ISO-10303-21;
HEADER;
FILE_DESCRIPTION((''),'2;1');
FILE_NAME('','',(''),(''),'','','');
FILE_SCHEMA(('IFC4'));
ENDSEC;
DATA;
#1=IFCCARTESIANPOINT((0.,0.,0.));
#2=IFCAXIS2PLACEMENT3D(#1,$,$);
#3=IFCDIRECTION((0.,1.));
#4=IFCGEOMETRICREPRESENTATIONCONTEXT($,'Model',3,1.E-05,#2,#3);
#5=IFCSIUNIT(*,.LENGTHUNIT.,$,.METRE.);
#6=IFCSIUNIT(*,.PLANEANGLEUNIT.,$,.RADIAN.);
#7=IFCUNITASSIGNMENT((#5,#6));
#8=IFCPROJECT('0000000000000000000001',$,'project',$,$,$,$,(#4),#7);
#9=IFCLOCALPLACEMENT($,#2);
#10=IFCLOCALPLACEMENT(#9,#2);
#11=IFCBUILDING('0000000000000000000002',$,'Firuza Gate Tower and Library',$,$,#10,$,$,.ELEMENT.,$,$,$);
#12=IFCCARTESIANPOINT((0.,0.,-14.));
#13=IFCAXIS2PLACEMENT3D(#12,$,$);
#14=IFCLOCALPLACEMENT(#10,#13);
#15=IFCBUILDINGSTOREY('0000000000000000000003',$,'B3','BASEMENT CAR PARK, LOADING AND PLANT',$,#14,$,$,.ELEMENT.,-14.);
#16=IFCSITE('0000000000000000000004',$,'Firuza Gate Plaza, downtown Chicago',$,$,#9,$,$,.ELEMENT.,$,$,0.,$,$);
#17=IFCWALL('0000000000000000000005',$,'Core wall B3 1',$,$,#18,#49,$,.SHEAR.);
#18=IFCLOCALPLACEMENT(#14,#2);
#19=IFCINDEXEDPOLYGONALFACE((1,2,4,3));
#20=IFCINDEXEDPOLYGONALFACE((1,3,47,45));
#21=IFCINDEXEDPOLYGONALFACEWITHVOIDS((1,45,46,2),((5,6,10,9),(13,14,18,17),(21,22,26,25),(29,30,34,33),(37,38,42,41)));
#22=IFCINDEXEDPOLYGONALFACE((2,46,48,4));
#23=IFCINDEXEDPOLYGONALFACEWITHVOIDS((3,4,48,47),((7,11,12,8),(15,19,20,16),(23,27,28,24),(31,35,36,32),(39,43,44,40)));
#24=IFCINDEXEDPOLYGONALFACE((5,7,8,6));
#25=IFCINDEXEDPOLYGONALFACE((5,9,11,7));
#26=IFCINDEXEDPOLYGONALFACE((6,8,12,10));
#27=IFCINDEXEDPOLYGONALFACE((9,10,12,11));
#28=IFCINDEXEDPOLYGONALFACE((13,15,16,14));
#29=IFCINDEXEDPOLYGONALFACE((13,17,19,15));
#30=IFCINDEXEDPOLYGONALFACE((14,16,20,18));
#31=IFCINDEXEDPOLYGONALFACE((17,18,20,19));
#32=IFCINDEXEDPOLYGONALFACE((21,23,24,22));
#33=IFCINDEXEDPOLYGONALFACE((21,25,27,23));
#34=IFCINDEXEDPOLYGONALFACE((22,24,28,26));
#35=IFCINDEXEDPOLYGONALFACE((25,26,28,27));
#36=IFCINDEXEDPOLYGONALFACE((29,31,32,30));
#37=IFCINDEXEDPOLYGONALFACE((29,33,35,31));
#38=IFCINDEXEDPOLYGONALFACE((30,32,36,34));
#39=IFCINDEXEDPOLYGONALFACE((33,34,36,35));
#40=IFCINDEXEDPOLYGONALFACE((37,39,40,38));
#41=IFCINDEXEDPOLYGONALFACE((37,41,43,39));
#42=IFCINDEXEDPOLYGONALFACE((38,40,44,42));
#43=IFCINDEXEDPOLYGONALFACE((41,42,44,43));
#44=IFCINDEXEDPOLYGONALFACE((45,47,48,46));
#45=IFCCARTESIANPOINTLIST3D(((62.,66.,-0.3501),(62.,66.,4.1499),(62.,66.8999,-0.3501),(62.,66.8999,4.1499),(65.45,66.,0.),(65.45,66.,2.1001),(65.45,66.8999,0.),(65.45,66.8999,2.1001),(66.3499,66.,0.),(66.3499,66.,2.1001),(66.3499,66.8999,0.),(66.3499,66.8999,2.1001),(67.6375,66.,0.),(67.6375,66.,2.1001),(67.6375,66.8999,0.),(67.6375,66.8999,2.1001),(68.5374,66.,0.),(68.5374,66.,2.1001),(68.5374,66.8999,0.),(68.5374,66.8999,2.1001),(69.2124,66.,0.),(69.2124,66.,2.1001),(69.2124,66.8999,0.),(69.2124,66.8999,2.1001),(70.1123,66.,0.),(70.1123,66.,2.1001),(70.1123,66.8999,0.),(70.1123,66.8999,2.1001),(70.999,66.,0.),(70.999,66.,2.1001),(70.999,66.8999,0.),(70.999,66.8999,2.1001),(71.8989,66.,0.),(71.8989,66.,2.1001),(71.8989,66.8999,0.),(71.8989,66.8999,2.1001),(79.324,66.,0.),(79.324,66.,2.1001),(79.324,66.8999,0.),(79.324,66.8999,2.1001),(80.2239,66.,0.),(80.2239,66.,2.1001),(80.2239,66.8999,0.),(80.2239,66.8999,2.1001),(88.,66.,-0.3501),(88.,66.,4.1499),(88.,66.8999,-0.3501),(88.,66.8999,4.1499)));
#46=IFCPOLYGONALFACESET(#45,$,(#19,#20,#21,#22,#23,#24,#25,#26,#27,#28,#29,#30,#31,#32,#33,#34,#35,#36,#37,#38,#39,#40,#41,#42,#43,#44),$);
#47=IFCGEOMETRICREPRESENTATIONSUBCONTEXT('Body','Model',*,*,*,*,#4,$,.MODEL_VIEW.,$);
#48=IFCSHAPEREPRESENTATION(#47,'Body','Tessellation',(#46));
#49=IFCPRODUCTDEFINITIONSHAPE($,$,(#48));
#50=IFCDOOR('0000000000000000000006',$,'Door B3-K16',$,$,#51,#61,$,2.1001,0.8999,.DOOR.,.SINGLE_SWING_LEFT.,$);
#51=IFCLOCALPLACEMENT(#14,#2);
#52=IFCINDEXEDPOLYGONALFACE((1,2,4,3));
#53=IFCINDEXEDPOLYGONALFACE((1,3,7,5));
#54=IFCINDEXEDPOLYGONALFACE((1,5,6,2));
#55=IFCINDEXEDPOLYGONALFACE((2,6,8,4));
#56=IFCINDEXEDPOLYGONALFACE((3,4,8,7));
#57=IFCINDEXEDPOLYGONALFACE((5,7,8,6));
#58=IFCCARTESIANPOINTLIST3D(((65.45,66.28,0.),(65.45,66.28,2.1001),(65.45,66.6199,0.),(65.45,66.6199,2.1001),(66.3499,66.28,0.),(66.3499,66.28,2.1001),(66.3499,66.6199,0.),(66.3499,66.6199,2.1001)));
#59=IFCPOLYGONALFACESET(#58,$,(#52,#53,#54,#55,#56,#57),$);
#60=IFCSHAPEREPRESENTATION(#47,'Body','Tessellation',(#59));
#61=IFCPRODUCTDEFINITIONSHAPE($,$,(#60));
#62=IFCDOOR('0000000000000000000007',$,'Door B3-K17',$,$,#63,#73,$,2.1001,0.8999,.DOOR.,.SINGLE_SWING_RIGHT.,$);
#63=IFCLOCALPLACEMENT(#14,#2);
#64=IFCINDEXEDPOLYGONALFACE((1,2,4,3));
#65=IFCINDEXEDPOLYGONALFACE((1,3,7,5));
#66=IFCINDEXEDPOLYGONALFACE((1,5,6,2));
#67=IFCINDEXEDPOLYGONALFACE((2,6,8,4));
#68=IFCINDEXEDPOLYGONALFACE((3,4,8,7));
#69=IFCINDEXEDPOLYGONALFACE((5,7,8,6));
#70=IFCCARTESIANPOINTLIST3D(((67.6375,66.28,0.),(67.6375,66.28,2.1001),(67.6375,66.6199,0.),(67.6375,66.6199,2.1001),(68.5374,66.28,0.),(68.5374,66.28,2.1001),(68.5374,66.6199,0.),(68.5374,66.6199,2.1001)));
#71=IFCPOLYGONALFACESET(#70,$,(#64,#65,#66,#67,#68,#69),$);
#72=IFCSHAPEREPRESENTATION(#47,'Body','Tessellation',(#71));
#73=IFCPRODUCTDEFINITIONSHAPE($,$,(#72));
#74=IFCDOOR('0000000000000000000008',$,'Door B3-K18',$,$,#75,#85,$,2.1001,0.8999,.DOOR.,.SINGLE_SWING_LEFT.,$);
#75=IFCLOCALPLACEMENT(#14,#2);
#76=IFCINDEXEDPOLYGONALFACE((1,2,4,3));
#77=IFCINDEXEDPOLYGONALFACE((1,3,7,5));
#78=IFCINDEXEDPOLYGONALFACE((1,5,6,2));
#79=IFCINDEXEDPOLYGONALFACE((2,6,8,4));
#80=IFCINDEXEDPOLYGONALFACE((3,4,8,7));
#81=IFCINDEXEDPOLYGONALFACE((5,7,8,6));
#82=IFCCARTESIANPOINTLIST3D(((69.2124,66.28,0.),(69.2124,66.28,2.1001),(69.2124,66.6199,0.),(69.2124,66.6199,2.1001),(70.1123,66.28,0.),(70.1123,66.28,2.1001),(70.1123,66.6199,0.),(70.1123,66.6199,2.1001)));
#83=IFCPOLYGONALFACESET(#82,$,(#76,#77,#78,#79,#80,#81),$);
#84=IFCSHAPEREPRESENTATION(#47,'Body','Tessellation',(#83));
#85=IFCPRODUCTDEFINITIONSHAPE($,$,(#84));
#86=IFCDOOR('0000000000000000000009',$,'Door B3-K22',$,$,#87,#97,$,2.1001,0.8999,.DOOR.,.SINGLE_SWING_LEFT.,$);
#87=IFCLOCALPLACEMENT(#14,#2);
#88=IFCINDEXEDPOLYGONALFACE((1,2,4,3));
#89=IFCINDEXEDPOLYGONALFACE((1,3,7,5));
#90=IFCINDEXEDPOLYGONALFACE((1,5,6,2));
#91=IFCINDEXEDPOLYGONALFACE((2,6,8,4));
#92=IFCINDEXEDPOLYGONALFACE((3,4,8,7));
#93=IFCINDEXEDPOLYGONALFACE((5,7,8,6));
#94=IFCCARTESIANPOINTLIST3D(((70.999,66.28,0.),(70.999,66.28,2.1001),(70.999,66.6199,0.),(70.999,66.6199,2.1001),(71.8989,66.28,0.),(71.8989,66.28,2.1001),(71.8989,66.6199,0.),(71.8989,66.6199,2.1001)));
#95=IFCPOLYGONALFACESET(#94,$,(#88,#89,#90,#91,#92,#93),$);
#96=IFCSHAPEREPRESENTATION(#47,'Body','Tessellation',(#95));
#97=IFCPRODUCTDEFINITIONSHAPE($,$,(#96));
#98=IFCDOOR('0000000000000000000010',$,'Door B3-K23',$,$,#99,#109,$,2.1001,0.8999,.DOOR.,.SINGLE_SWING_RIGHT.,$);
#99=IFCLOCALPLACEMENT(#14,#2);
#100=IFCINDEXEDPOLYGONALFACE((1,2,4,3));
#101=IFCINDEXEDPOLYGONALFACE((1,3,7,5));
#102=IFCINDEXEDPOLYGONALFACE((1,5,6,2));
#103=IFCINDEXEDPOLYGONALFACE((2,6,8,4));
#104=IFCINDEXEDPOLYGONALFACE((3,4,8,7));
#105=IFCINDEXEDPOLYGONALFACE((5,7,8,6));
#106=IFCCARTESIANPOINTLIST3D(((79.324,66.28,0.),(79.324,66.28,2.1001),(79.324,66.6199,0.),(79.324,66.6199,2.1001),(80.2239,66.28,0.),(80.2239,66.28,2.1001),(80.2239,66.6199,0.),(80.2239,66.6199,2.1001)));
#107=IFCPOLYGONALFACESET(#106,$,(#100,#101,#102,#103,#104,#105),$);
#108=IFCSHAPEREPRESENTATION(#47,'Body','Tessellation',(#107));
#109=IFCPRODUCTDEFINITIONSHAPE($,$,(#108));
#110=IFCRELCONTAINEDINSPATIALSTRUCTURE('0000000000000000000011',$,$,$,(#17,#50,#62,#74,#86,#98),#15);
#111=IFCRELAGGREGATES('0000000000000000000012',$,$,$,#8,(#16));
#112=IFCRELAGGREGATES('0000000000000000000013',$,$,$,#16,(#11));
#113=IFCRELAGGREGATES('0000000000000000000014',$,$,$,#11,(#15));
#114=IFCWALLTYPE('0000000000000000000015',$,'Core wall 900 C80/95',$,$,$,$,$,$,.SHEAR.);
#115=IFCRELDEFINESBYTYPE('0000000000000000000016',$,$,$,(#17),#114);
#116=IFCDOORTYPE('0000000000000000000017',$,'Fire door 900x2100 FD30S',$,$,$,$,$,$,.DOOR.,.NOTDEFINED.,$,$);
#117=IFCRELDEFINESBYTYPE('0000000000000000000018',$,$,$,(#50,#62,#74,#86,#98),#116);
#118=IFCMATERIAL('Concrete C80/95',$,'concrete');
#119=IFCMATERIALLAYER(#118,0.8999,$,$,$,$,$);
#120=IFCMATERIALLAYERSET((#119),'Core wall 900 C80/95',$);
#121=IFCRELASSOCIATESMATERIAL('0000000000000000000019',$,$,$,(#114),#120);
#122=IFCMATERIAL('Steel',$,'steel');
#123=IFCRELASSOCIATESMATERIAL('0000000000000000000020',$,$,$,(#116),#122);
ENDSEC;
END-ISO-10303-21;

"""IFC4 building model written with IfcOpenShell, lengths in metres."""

from ifc_helpers import new_model, si_unit, direction, frame, frame_2d, origin, place, context, subcontext, project, spatial, rectangle, extrude, material, layer, layer_set, type_object, element, fill, save


model = new_model("IFC4")

# Units and contexts
model_context = context("Model", 3, precision=1e-05, world=origin(), true_north=direction((0.0, 1.0)))
body_context = subcontext(model_context, "Body", "Model", "MODEL_VIEW")
ifc_project = project(units=[si_unit("LENGTHUNIT", "METRE"), si_unit("PLANEANGLEUNIT", "RADIAN")], contexts=[model_context])

# Site, building, storey
site_placement = place(None, origin())
site = spatial("IfcSite", under=ifc_project, at=site_placement, Name="Firuza Gate Plaza, downtown Chicago", CompositionType="ELEMENT", RefElevation=0.0)
building_placement = place(site_placement, origin())
building = spatial("IfcBuilding", under=site, at=building_placement, Name="Firuza Gate Tower and Library", CompositionType="ELEMENT")
storey_placement = place(building_placement, frame((0.0, 0.0, -14.0)))
storey = spatial("IfcBuildingStorey", under=building, at=storey_placement, Name="B3", Description="BASEMENT CAR PARK, LOADING AND PLANT", CompositionType="ELEMENT", Elevation=-14.0)

# Wall, openings, doors
ifc_material_1 = material(Name="Concrete C80/95", Category="concrete")
ifc_layer = layer(ifc_material_1, 0.8999)
ifc_layer_set = layer_set([ifc_layer], Name="Core wall 900 C80/95")
wall_type = type_object("IfcWallType", Name="Core wall 900 C80/95", PredefinedType="SHEAR", material=ifc_layer_set)
wall_placement = place(storey_placement, frame((62.0, 66.45, -0.3501), z_axis=(0.0, 0.0, 1.0), x_axis=(1.0, 0.0, 0.0)))
wall = element("IfcWall", 1, at=wall_placement, inside=storey, type_object=wall_type, Name="Core wall B3 1", PredefinedType="SHEAR", context=body_context, shape_type="SweptSolid", body=[
    extrude(rectangle(XDim=26.0, YDim=0.8999, at=frame_2d((13.0, 0.0))), origin(), (0.0, 0.0, 1.0), 4.5),
])
opening_1_placement = place(wall_placement, frame((3.45, 0.0, 0.3501)))
opening_1 = element("IfcOpeningElement", 2, at=opening_1_placement, cuts=wall, PredefinedType="OPENING", context=body_context, shape_type="SweptSolid", body=[
    extrude(rectangle(XDim=0.8999, YDim=2.1001, at=frame_2d((0.45, 1.05))), frame((0.0, 0.46, 0.0), z_axis=(0.0, -1.0, 0.0), x_axis=(1.0, 0.0, 0.0)), (0.0, 0.0, 1.0), 0.9199),
])
opening_2_placement = place(wall_placement, frame((5.6375, 0.0, 0.3501)))
opening_2 = element("IfcOpeningElement", 3, at=opening_2_placement, cuts=wall, PredefinedType="OPENING", context=body_context, shape_type="SweptSolid", body=[
    extrude(rectangle(XDim=0.8999, YDim=2.1001, at=frame_2d((0.45, 1.05))), frame((0.0, 0.46, 0.0), z_axis=(0.0, -1.0, 0.0), x_axis=(1.0, 0.0, 0.0)), (0.0, 0.0, 1.0), 0.9199),
])
opening_3_placement = place(wall_placement, frame((7.2124, 0.0, 0.3501)))
opening_3 = element("IfcOpeningElement", 4, at=opening_3_placement, cuts=wall, PredefinedType="OPENING", context=body_context, shape_type="SweptSolid", body=[
    extrude(rectangle(XDim=0.8999, YDim=2.1001, at=frame_2d((0.45, 1.05))), frame((0.0, 0.46, 0.0), z_axis=(0.0, -1.0, 0.0), x_axis=(1.0, 0.0, 0.0)), (0.0, 0.0, 1.0), 0.9199),
])
opening_4_placement = place(wall_placement, frame((8.999, 0.0, 0.3501)))
opening_4 = element("IfcOpeningElement", 5, at=opening_4_placement, cuts=wall, PredefinedType="OPENING", context=body_context, shape_type="SweptSolid", body=[
    extrude(rectangle(XDim=0.8999, YDim=2.1001, at=frame_2d((0.45, 1.05))), frame((0.0, 0.46, 0.0), z_axis=(0.0, -1.0, 0.0), x_axis=(1.0, 0.0, 0.0)), (0.0, 0.0, 1.0), 0.9199),
])
opening_5_placement = place(wall_placement, frame((17.324, 0.0, 0.3501)))
opening_5 = element("IfcOpeningElement", 6, at=opening_5_placement, cuts=wall, PredefinedType="OPENING", context=body_context, shape_type="SweptSolid", body=[
    extrude(rectangle(XDim=0.8999, YDim=2.1001, at=frame_2d((0.45, 1.05))), frame((0.0, 0.46, 0.0), z_axis=(0.0, -1.0, 0.0), x_axis=(1.0, 0.0, 0.0)), (0.0, 0.0, 1.0), 0.9199),
])
ifc_material_2 = material(Name="Steel", Category="steel")
door_type = type_object("IfcDoorType", Name="Fire door 900x2100 FD30S", OperationType="NOTDEFINED", PredefinedType="DOOR", material=ifc_material_2)
door_1_placement = place(opening_1_placement, origin())
door_1 = element("IfcDoor", 7, at=door_1_placement, inside=storey, type_object=door_type, Name="Door B3-K16", OperationType="SINGLE_SWING_LEFT", OverallHeight=2.1001, OverallWidth=0.8999, PredefinedType="DOOR", context=body_context, shape_type="SweptSolid", body=[
    extrude(rectangle(XDim=0.8999, YDim=2.1001, at=frame_2d((0.45, 1.05))), frame((0.0, 0.1699, 0.0), z_axis=(0.0, -1.0, 0.0), x_axis=(1.0, 0.0, 0.0)), (0.0, 0.0, 1.0), 0.3398),
])
fill(opening_1, door_1)
door_2_placement = place(opening_2_placement, origin())
door_2 = element("IfcDoor", 8, at=door_2_placement, inside=storey, type_object=door_type, Name="Door B3-K17", OperationType="SINGLE_SWING_RIGHT", OverallHeight=2.1001, OverallWidth=0.8999, PredefinedType="DOOR", context=body_context, shape_type="SweptSolid", body=[
    extrude(rectangle(XDim=0.8999, YDim=2.1001, at=frame_2d((0.45, 1.05))), frame((0.0, 0.1699, 0.0), z_axis=(0.0, -1.0, 0.0), x_axis=(1.0, 0.0, 0.0)), (0.0, 0.0, 1.0), 0.3398),
])
fill(opening_2, door_2)
door_3_placement = place(opening_3_placement, origin())
door_3 = element("IfcDoor", 9, at=door_3_placement, inside=storey, type_object=door_type, Name="Door B3-K18", OperationType="SINGLE_SWING_LEFT", OverallHeight=2.1001, OverallWidth=0.8999, PredefinedType="DOOR", context=body_context, shape_type="SweptSolid", body=[
    extrude(rectangle(XDim=0.8999, YDim=2.1001, at=frame_2d((0.45, 1.05))), frame((0.0, 0.1699, 0.0), z_axis=(0.0, -1.0, 0.0), x_axis=(1.0, 0.0, 0.0)), (0.0, 0.0, 1.0), 0.3398),
])
fill(opening_3, door_3)
door_4_placement = place(opening_4_placement, origin())
door_4 = element("IfcDoor", 10, at=door_4_placement, inside=storey, type_object=door_type, Name="Door B3-K22", OperationType="SINGLE_SWING_LEFT", OverallHeight=2.1001, OverallWidth=0.8999, PredefinedType="DOOR", context=body_context, shape_type="SweptSolid", body=[
    extrude(rectangle(XDim=0.8999, YDim=2.1001, at=frame_2d((0.45, 1.05))), frame((0.0, 0.1699, 0.0), z_axis=(0.0, -1.0, 0.0), x_axis=(1.0, 0.0, 0.0)), (0.0, 0.0, 1.0), 0.3398),
])
fill(opening_4, door_4)
door_5_placement = place(opening_5_placement, origin())
door_5 = element("IfcDoor", 11, at=door_5_placement, inside=storey, type_object=door_type, Name="Door B3-K23", OperationType="SINGLE_SWING_RIGHT", OverallHeight=2.1001, OverallWidth=0.8999, PredefinedType="DOOR", context=body_context, shape_type="SweptSolid", body=[
    extrude(rectangle(XDim=0.8999, YDim=2.1001, at=frame_2d((0.45, 1.05))), frame((0.0, 0.1699, 0.0), z_axis=(0.0, -1.0, 0.0), x_axis=(1.0, 0.0, 0.0)), (0.0, 0.0, 1.0), 0.3398),
])
fill(opening_5, door_5)

save(model, "model.ifc")
